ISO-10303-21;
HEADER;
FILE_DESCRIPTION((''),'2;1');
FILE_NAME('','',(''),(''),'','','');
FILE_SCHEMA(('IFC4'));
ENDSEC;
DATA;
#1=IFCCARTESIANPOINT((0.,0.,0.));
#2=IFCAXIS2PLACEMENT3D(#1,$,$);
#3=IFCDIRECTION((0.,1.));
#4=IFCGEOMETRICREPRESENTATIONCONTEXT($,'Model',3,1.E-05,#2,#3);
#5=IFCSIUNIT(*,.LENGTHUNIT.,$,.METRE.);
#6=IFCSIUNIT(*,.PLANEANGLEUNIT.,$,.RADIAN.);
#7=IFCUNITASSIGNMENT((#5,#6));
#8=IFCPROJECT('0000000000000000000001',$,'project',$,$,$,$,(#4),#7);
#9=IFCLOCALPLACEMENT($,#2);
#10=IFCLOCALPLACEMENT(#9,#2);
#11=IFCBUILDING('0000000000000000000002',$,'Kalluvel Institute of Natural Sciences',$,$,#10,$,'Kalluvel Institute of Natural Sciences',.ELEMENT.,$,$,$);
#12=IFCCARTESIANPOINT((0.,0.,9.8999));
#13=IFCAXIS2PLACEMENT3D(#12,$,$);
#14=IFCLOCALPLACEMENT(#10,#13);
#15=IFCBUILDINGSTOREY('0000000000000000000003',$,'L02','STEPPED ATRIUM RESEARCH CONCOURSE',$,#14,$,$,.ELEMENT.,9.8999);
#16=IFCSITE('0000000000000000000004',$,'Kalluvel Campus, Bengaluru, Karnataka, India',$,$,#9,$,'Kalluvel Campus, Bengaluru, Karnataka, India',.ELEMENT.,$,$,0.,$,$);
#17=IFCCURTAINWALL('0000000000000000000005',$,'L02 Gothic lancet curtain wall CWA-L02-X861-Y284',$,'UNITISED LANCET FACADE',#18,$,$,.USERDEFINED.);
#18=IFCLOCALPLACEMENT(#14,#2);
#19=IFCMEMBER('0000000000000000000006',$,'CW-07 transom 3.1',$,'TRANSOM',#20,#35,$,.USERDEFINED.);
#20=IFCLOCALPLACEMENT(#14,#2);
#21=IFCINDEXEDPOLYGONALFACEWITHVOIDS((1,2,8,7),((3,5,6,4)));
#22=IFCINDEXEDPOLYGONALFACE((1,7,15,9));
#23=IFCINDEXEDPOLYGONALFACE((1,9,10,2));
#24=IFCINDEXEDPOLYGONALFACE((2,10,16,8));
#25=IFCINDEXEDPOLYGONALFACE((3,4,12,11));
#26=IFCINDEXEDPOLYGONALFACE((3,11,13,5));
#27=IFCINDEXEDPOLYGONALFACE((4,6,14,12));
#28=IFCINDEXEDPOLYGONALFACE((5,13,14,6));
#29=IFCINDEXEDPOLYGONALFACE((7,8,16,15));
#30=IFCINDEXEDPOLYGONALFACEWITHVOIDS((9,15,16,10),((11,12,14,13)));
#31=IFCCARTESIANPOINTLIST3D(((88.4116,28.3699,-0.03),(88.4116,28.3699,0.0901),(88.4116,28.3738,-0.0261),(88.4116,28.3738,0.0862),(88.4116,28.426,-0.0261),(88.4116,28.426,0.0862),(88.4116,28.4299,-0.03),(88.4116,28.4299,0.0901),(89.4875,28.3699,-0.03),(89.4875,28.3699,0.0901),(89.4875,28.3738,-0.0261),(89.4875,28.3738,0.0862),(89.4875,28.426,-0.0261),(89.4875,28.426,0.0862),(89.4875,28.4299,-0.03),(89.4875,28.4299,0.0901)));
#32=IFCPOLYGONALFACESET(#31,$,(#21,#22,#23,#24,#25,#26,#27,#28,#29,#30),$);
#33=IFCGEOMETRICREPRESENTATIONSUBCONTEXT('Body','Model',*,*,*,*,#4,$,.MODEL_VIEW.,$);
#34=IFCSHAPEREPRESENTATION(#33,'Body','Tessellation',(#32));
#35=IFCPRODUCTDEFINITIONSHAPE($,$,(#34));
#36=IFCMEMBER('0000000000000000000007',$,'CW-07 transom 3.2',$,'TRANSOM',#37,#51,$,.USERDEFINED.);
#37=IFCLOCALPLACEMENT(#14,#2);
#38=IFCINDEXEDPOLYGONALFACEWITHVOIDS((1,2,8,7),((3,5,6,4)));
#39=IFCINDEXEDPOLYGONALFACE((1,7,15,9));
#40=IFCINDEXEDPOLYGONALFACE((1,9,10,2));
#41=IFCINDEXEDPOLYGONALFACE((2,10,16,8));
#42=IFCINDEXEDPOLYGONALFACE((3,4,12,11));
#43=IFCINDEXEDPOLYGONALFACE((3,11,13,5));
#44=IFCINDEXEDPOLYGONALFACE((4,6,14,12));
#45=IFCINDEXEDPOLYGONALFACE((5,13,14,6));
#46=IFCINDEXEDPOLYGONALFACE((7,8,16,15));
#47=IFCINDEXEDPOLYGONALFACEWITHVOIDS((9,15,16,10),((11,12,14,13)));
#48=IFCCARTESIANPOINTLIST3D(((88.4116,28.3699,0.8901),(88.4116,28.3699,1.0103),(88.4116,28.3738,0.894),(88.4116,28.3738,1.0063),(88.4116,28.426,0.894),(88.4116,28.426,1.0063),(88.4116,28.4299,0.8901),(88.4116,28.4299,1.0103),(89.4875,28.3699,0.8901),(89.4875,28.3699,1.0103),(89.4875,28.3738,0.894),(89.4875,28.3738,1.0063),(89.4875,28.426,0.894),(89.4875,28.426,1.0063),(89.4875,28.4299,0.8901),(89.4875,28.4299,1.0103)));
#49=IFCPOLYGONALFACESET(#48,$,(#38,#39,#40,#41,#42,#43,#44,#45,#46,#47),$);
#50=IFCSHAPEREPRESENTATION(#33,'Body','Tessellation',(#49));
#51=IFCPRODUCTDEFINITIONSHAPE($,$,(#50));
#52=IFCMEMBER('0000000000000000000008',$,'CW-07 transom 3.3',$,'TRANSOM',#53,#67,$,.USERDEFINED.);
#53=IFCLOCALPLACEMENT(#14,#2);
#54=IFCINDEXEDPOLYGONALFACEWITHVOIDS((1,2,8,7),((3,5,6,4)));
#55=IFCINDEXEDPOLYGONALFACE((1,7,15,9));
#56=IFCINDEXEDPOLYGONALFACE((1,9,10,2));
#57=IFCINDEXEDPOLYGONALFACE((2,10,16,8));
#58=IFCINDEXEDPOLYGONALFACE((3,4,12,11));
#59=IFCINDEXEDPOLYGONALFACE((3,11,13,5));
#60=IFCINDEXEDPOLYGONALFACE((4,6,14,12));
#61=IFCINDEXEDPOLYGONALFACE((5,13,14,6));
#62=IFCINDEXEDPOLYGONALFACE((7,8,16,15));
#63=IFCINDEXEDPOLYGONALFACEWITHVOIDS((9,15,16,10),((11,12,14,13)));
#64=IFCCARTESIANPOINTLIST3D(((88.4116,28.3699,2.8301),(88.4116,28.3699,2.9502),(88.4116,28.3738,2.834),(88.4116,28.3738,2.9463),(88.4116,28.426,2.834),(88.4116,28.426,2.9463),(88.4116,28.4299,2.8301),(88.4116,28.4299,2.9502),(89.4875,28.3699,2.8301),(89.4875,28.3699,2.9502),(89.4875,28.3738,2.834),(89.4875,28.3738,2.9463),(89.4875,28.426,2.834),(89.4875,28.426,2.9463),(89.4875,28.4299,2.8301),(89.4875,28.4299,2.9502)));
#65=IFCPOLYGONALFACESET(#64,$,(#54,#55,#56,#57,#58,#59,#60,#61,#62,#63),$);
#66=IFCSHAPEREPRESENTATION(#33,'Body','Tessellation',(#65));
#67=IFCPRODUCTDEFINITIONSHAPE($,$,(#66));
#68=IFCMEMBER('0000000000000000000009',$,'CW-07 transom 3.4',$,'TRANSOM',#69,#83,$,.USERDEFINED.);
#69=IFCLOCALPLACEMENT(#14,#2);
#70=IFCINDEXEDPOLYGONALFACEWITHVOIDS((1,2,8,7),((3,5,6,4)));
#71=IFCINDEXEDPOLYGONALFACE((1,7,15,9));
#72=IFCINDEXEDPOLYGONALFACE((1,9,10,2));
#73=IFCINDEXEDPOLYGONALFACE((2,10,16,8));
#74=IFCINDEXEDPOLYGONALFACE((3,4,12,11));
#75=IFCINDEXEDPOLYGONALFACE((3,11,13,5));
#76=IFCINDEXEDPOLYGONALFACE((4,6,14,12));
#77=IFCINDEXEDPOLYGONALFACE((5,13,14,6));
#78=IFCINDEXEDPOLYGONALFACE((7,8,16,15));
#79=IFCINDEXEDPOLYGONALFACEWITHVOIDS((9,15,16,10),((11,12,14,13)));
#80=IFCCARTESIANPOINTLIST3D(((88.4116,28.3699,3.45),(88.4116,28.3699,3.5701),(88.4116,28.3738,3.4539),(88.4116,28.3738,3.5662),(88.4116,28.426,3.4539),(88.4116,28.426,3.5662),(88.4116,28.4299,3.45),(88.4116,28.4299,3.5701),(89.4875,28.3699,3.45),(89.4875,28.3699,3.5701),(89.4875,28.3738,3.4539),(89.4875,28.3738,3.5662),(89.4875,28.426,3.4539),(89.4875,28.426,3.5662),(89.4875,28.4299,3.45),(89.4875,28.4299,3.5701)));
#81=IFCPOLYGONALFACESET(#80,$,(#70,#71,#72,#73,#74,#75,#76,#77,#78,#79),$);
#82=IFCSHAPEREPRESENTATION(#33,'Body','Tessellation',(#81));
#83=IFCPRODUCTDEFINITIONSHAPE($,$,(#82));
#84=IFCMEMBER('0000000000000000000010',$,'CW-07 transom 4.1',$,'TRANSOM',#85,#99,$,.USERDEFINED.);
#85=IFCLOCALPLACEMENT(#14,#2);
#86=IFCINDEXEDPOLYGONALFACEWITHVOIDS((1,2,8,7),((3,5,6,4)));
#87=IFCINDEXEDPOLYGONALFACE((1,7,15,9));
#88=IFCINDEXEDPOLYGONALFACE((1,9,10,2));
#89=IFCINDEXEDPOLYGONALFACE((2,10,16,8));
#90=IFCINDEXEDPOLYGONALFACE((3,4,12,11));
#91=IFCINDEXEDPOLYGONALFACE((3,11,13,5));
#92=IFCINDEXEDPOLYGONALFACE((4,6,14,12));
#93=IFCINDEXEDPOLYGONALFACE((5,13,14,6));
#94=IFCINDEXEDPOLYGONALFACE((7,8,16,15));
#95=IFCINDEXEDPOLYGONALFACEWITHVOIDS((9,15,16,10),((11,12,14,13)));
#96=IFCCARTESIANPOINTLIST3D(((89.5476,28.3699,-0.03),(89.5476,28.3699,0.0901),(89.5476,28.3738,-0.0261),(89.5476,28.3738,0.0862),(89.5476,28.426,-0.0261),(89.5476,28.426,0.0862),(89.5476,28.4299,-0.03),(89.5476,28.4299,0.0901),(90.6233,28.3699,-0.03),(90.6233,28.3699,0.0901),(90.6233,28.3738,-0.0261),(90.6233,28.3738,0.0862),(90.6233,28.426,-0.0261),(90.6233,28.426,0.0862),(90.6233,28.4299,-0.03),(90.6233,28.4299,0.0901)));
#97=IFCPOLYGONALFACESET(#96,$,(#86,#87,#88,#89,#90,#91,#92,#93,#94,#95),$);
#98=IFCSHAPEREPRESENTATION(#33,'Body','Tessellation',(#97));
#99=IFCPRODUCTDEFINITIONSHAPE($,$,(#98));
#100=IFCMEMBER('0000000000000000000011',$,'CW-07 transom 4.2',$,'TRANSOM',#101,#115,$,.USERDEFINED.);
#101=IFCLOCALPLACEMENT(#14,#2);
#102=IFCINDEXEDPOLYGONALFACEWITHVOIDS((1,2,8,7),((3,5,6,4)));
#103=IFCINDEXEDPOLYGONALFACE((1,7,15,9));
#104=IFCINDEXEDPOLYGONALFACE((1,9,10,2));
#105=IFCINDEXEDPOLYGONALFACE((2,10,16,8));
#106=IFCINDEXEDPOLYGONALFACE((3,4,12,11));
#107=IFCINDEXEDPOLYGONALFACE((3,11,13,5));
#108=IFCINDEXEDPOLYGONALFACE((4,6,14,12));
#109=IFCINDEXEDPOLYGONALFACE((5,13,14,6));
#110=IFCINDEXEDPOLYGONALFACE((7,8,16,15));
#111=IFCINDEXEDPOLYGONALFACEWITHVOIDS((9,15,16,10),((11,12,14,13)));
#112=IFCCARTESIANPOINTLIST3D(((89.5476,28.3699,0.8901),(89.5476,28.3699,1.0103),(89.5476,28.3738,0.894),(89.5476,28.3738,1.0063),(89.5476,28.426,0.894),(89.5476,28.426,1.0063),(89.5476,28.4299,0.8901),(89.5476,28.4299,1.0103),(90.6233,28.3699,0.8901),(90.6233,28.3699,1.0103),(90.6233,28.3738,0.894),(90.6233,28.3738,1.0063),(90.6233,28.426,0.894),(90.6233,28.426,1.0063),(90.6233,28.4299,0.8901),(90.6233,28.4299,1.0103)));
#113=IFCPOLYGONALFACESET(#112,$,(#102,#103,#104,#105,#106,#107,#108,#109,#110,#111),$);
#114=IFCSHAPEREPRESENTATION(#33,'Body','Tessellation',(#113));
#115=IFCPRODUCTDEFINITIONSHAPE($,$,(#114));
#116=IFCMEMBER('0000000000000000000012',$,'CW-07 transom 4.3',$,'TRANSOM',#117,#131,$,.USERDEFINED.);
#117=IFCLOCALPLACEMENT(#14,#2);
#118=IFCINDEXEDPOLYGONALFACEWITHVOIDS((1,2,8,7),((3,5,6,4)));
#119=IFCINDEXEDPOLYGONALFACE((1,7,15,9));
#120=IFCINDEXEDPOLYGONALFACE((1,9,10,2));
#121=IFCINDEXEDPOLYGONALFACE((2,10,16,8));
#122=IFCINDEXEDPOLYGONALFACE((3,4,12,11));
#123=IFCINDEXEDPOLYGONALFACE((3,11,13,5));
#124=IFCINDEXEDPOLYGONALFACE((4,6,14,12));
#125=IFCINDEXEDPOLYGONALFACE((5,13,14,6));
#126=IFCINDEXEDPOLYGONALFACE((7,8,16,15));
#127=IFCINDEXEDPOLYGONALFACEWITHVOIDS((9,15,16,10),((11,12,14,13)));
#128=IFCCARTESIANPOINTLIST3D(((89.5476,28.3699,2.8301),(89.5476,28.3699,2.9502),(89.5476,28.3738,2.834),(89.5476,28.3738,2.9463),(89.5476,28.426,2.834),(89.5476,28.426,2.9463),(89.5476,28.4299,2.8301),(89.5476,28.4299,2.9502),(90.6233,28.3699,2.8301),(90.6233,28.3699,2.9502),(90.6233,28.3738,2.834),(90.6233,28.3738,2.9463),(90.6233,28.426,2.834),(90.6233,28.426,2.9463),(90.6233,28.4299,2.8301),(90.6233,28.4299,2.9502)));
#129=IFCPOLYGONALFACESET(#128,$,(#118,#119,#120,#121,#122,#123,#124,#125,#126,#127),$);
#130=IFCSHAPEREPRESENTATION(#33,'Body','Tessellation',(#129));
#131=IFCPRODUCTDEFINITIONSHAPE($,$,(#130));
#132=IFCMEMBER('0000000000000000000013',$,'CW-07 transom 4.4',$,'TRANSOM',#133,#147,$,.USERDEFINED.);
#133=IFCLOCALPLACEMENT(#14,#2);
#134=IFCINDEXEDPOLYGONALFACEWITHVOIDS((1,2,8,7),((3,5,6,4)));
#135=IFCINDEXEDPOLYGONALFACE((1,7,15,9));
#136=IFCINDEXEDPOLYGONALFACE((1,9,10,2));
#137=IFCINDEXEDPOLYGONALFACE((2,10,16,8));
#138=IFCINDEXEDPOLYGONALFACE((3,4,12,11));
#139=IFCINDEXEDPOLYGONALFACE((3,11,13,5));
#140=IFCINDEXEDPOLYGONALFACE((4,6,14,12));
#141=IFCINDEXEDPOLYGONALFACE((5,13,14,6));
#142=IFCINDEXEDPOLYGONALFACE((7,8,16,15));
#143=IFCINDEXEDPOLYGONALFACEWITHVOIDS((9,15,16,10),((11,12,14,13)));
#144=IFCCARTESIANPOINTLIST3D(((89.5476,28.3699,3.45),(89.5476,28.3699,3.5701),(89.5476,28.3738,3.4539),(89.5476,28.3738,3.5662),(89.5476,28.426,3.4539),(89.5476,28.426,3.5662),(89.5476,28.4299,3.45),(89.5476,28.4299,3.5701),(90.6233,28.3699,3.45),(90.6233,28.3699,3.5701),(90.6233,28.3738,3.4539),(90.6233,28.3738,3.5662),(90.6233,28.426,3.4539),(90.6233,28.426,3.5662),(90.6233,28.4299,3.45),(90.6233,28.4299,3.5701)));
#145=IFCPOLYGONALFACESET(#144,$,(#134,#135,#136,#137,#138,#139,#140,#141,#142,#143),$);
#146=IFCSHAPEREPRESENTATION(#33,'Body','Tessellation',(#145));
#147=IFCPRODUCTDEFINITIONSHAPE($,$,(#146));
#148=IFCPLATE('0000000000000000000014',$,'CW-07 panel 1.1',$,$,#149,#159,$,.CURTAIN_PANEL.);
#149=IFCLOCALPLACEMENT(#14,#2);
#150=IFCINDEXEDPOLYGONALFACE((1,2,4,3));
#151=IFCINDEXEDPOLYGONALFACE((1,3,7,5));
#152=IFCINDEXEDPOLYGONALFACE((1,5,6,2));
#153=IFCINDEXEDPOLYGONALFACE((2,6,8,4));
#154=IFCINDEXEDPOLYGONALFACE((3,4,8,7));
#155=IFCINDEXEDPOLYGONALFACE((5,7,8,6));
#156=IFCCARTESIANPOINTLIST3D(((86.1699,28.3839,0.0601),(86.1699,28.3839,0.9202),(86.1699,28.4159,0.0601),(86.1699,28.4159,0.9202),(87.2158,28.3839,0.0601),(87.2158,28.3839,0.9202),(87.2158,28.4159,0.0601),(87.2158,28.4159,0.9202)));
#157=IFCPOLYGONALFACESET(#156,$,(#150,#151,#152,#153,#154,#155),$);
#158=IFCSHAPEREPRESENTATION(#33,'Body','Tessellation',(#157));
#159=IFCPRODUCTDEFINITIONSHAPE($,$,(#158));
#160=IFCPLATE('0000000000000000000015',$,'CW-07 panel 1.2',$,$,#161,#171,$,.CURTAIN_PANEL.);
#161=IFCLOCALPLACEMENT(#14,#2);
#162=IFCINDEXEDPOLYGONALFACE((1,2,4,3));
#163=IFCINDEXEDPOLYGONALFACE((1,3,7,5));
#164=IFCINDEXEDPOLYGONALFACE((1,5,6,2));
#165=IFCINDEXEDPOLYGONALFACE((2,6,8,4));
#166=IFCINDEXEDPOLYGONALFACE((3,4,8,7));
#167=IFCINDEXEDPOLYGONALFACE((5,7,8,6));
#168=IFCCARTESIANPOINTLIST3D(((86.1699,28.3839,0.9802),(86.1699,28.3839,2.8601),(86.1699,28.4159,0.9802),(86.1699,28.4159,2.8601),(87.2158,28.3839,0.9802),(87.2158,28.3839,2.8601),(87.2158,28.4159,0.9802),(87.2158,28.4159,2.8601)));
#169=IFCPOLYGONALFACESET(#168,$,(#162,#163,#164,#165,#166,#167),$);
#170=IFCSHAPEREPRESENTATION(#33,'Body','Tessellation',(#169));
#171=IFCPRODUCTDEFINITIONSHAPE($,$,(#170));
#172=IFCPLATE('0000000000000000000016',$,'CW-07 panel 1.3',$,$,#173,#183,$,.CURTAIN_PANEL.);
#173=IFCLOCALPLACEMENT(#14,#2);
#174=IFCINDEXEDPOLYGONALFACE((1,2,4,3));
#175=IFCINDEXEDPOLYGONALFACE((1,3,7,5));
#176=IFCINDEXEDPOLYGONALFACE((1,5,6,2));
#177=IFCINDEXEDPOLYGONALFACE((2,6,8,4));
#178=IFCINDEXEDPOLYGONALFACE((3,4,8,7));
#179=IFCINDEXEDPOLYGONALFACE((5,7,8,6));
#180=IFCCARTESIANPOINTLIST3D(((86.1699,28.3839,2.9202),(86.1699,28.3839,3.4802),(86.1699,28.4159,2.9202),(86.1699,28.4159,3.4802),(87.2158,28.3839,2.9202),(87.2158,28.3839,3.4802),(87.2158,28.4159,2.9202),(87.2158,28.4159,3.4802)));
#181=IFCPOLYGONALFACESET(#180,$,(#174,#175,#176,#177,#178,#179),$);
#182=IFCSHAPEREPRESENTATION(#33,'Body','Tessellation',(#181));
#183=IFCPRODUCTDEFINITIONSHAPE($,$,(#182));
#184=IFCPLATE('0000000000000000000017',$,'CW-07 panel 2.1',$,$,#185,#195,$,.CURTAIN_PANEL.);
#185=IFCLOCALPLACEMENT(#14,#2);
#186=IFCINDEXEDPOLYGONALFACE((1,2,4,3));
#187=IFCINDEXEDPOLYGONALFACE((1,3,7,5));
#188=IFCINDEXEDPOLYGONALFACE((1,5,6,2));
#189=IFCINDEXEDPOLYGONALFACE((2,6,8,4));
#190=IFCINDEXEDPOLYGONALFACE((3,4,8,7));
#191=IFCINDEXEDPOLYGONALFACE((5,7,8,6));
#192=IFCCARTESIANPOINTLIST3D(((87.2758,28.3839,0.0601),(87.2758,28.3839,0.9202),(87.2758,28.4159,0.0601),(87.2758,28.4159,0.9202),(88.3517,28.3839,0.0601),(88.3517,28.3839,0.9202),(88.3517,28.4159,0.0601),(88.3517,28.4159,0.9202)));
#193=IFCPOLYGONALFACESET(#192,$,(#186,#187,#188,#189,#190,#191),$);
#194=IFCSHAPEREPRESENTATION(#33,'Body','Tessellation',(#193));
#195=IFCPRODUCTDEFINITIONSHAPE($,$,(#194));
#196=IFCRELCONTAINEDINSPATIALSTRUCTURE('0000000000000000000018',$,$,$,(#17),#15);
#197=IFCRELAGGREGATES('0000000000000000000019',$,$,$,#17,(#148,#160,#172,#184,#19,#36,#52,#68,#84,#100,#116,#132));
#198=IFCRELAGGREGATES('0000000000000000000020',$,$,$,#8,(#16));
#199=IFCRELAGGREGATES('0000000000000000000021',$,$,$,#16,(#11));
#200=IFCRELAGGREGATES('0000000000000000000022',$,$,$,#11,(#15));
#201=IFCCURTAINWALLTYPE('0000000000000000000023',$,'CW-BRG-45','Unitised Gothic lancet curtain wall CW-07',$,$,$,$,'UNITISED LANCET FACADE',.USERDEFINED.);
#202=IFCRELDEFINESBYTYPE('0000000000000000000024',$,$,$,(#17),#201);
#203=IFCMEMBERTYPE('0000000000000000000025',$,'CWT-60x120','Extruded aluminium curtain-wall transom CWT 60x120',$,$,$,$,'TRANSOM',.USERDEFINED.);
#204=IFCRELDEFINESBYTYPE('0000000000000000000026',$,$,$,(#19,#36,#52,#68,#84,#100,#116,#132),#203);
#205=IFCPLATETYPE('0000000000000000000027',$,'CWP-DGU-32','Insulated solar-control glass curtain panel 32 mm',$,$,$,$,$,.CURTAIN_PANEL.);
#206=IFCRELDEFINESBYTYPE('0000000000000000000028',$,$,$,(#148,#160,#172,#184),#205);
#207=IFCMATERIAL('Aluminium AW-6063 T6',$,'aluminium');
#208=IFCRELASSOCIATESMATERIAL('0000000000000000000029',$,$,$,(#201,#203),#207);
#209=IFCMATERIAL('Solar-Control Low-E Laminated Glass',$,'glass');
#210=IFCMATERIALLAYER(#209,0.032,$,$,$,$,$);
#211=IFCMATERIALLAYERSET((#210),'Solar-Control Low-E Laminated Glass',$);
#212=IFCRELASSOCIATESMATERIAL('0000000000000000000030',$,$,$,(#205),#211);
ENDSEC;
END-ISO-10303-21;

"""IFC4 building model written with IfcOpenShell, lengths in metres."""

from ifc_helpers import new_model, si_unit, direction, frame, origin, origin_2d, place, context, subcontext, project, spatial, rectangle, hollow_rectangle, extrude, material, layer, layer_set, material_profile, profile_set, type_object, element, aggregate, save


model = new_model("IFC4")

# Units and contexts
model_context = context("Model", 3, precision=1e-05, world=origin(), true_north=direction((0.0, 1.0)))
body_context = subcontext(model_context, "Body", "Model", "MODEL_VIEW")
ifc_project = project(units=[si_unit("LENGTHUNIT", "METRE"), si_unit("PLANEANGLEUNIT", "RADIAN")], contexts=[model_context])

# Site, building, storey
site_placement = place(None, origin())
site = spatial("IfcSite", under=ifc_project, at=site_placement, Name="Kalluvel Campus, Bengaluru, Karnataka, India", LongName="Kalluvel Campus, Bengaluru, Karnataka, India", CompositionType="ELEMENT", RefElevation=0.0)
building_placement = place(site_placement, origin())
building = spatial("IfcBuilding", under=site, at=building_placement, Name="Kalluvel Institute of Natural Sciences", LongName="Kalluvel Institute of Natural Sciences", CompositionType="ELEMENT")
storey_placement = place(building_placement, frame((0.0, 0.0, 9.8999)))
storey = spatial("IfcBuildingStorey", under=building, at=storey_placement, Name="L02", Description="STEPPED ATRIUM RESEARCH CONCOURSE", CompositionType="ELEMENT", Elevation=9.8999)

# Curtain wall, members, plates
ifc_material_1 = material(Name="Aluminium AW-6063 T6", Category="aluminium")
curtain_wall_type = type_object("IfcCurtainWallType", Name="CW-BRG-45", Description="Unitised Gothic lancet curtain wall CW-07", ElementType="UNITISED LANCET FACADE", PredefinedType="USERDEFINED", material=ifc_material_1)
curtain_wall_placement = place(storey_placement, origin())
curtain_wall = element("IfcCurtainWall", 1, at=curtain_wall_placement, inside=storey, type_object=curtain_wall_type, Name="L02 Gothic lancet curtain wall CWA-L02-X861-Y284", ObjectType="UNITISED LANCET FACADE", PredefinedType="USERDEFINED")
ifc_material_profile_1 = material_profile(ifc_material_1, hollow_rectangle(XDim=0.0601, YDim=0.1201, WallThickness=0.0039, at=origin_2d()), Name="CWT 60x120")
ifc_profile_set_1 = profile_set([ifc_material_profile_1], Name="Aluminium AW-6063 T6")
member_type_1 = type_object("IfcMemberType", Name="CWT-60x120", Description="Extruded aluminium curtain-wall transom CWT 60x120", ElementType="TRANSOM", PredefinedType="USERDEFINED", material=ifc_profile_set_1)
member_1_placement = place(storey_placement, frame((88.4116, 28.3999, 0.03), z_axis=(1.0, 0.0, 0.0), x_axis=(0.0, 1.0, 0.0)))
member_1 = element("IfcMember", 2, at=member_1_placement, type_object=member_type_1, Name="CW-07 transom 3.1", ObjectType="TRANSOM", PredefinedType="USERDEFINED", context=body_context, shape_type="SweptSolid", body=[
    extrude(hollow_rectangle(XDim=0.0601, YDim=0.1201, WallThickness=0.0039, at=origin_2d()), origin(), (0.0, 0.0, 1.0), 1.0759),
])
member_2_placement = place(storey_placement, frame((88.4116, 28.3999, 0.9502), z_axis=(1.0, 0.0, 0.0), x_axis=(0.0, 1.0, 0.0)))
member_2 = element("IfcMember", 3, at=member_2_placement, type_object=member_type_1, Name="CW-07 transom 3.2", ObjectType="TRANSOM", PredefinedType="USERDEFINED", context=body_context, shape_type="SweptSolid", body=[
    extrude(hollow_rectangle(XDim=0.0601, YDim=0.1201, WallThickness=0.0039, at=origin_2d()), origin(), (0.0, 0.0, 1.0), 1.0759),
])
member_3_placement = place(storey_placement, frame((88.4116, 28.3999, 2.8901), z_axis=(1.0, 0.0, 0.0), x_axis=(0.0, 1.0, 0.0)))
member_3 = element("IfcMember", 4, at=member_3_placement, type_object=member_type_1, Name="CW-07 transom 3.3", ObjectType="TRANSOM", PredefinedType="USERDEFINED", context=body_context, shape_type="SweptSolid", body=[
    extrude(hollow_rectangle(XDim=0.0601, YDim=0.1201, WallThickness=0.0039, at=origin_2d()), origin(), (0.0, 0.0, 1.0), 1.0759),
])
member_4_placement = place(storey_placement, frame((88.4116, 28.3999, 3.51), z_axis=(1.0, 0.0, 0.0), x_axis=(0.0, 1.0, 0.0)))
member_4 = element("IfcMember", 5, at=member_4_placement, type_object=member_type_1, Name="CW-07 transom 3.4", ObjectType="TRANSOM", PredefinedType="USERDEFINED", context=body_context, shape_type="SweptSolid", body=[
    extrude(hollow_rectangle(XDim=0.0601, YDim=0.1201, WallThickness=0.0039, at=origin_2d()), origin(), (0.0, 0.0, 1.0), 1.0759),
])
member_5_placement = place(storey_placement, frame((89.5476, 28.3999, 0.03), z_axis=(1.0, 0.0, 0.0), x_axis=(0.0, 1.0, 0.0)))
member_5 = element("IfcMember", 6, at=member_5_placement, type_object=member_type_1, Name="CW-07 transom 4.1", ObjectType="TRANSOM", PredefinedType="USERDEFINED", context=body_context, shape_type="SweptSolid", body=[
    extrude(hollow_rectangle(XDim=0.0601, YDim=0.1201, WallThickness=0.0039, at=origin_2d()), origin(), (0.0, 0.0, 1.0), 1.0757),
])
member_6_placement = place(storey_placement, frame((89.5476, 28.3999, 0.9502), z_axis=(1.0, 0.0, 0.0), x_axis=(0.0, 1.0, 0.0)))
member_6 = element("IfcMember", 7, at=member_6_placement, type_object=member_type_1, Name="CW-07 transom 4.2", ObjectType="TRANSOM", PredefinedType="USERDEFINED", context=body_context, shape_type="SweptSolid", body=[
    extrude(hollow_rectangle(XDim=0.0601, YDim=0.1201, WallThickness=0.0039, at=origin_2d()), origin(), (0.0, 0.0, 1.0), 1.0757),
])
member_7_placement = place(storey_placement, frame((89.5476, 28.3999, 2.8901), z_axis=(1.0, 0.0, 0.0), x_axis=(0.0, 1.0, 0.0)))
member_7 = element("IfcMember", 8, at=member_7_placement, type_object=member_type_1, Name="CW-07 transom 4.3", ObjectType="TRANSOM", PredefinedType="USERDEFINED", context=body_context, shape_type="SweptSolid", body=[
    extrude(hollow_rectangle(XDim=0.0601, YDim=0.1201, WallThickness=0.0039, at=origin_2d()), origin(), (0.0, 0.0, 1.0), 1.0757),
])
member_8_placement = place(storey_placement, frame((89.5476, 28.3999, 3.51), z_axis=(1.0, 0.0, 0.0), x_axis=(0.0, 1.0, 0.0)))
member_8 = element("IfcMember", 9, at=member_8_placement, type_object=member_type_1, Name="CW-07 transom 4.4", ObjectType="TRANSOM", PredefinedType="USERDEFINED", context=body_context, shape_type="SweptSolid", body=[
    extrude(hollow_rectangle(XDim=0.0601, YDim=0.1201, WallThickness=0.0039, at=origin_2d()), origin(), (0.0, 0.0, 1.0), 1.0757),
])
ifc_material_2 = material(Name="Solar-Control Low-E Laminated Glass", Category="glass")
ifc_layer_1 = layer(ifc_material_2, 0.032)
ifc_layer_set_1 = layer_set([ifc_layer_1], Name="Solar-Control Low-E Laminated Glass")
plate_type_1 = type_object("IfcPlateType", Name="CWP-DGU-32", Description="Insulated solar-control glass curtain panel 32 mm", PredefinedType="CURTAIN_PANEL", material=ifc_layer_set_1)
plate_1_placement = place(storey_placement, frame((86.6929, 28.3999, 0.0601), z_axis=(0.0, 0.0, 1.0), x_axis=(1.0, 0.0, 0.0)))
plate_1 = element("IfcPlate", 10, at=plate_1_placement, type_object=plate_type_1, Name="CW-07 panel 1.1", PredefinedType="CURTAIN_PANEL", context=body_context, shape_type="SweptSolid", body=[
    extrude(rectangle(XDim=1.0459, YDim=0.032, at=origin_2d()), origin(), (0.0, 0.0, 1.0), 0.8601),
])
plate_2_placement = place(storey_placement, frame((86.6929, 28.3999, 0.9802), z_axis=(0.0, 0.0, 1.0), x_axis=(1.0, 0.0, 0.0)))
plate_2 = element("IfcPlate", 11, at=plate_2_placement, type_object=plate_type_1, Name="CW-07 panel 1.2", PredefinedType="CURTAIN_PANEL", context=body_context, shape_type="SweptSolid", body=[
    extrude(rectangle(XDim=1.0459, YDim=0.032, at=origin_2d()), origin(), (0.0, 0.0, 1.0), 1.8799),
])
plate_3_placement = place(storey_placement, frame((86.6929, 28.3999, 2.9202), z_axis=(0.0, 0.0, 1.0), x_axis=(1.0, 0.0, 0.0)))
plate_3 = element("IfcPlate", 12, at=plate_3_placement, type_object=plate_type_1, Name="CW-07 panel 1.3", PredefinedType="CURTAIN_PANEL", context=body_context, shape_type="SweptSolid", body=[
    extrude(rectangle(XDim=1.0459, YDim=0.032, at=origin_2d()), origin(), (0.0, 0.0, 1.0), 0.5601),
])
plate_4_placement = place(storey_placement, frame((87.8137, 28.3999, 0.0601), z_axis=(0.0, 0.0, 1.0), x_axis=(1.0, 0.0, 0.0)))
plate_4 = element("IfcPlate", 13, at=plate_4_placement, type_object=plate_type_1, Name="CW-07 panel 2.1", PredefinedType="CURTAIN_PANEL", context=body_context, shape_type="SweptSolid", body=[
    extrude(rectangle(XDim=1.0759, YDim=0.032, at=origin_2d()), origin(), (0.0, 0.0, 1.0), 0.8601),
])
aggregate(curtain_wall, [plate_1, plate_2, plate_3, plate_4, member_1, member_2, member_3, member_4, member_5, member_6, member_7, member_8])

save(model, "model.ifc")
